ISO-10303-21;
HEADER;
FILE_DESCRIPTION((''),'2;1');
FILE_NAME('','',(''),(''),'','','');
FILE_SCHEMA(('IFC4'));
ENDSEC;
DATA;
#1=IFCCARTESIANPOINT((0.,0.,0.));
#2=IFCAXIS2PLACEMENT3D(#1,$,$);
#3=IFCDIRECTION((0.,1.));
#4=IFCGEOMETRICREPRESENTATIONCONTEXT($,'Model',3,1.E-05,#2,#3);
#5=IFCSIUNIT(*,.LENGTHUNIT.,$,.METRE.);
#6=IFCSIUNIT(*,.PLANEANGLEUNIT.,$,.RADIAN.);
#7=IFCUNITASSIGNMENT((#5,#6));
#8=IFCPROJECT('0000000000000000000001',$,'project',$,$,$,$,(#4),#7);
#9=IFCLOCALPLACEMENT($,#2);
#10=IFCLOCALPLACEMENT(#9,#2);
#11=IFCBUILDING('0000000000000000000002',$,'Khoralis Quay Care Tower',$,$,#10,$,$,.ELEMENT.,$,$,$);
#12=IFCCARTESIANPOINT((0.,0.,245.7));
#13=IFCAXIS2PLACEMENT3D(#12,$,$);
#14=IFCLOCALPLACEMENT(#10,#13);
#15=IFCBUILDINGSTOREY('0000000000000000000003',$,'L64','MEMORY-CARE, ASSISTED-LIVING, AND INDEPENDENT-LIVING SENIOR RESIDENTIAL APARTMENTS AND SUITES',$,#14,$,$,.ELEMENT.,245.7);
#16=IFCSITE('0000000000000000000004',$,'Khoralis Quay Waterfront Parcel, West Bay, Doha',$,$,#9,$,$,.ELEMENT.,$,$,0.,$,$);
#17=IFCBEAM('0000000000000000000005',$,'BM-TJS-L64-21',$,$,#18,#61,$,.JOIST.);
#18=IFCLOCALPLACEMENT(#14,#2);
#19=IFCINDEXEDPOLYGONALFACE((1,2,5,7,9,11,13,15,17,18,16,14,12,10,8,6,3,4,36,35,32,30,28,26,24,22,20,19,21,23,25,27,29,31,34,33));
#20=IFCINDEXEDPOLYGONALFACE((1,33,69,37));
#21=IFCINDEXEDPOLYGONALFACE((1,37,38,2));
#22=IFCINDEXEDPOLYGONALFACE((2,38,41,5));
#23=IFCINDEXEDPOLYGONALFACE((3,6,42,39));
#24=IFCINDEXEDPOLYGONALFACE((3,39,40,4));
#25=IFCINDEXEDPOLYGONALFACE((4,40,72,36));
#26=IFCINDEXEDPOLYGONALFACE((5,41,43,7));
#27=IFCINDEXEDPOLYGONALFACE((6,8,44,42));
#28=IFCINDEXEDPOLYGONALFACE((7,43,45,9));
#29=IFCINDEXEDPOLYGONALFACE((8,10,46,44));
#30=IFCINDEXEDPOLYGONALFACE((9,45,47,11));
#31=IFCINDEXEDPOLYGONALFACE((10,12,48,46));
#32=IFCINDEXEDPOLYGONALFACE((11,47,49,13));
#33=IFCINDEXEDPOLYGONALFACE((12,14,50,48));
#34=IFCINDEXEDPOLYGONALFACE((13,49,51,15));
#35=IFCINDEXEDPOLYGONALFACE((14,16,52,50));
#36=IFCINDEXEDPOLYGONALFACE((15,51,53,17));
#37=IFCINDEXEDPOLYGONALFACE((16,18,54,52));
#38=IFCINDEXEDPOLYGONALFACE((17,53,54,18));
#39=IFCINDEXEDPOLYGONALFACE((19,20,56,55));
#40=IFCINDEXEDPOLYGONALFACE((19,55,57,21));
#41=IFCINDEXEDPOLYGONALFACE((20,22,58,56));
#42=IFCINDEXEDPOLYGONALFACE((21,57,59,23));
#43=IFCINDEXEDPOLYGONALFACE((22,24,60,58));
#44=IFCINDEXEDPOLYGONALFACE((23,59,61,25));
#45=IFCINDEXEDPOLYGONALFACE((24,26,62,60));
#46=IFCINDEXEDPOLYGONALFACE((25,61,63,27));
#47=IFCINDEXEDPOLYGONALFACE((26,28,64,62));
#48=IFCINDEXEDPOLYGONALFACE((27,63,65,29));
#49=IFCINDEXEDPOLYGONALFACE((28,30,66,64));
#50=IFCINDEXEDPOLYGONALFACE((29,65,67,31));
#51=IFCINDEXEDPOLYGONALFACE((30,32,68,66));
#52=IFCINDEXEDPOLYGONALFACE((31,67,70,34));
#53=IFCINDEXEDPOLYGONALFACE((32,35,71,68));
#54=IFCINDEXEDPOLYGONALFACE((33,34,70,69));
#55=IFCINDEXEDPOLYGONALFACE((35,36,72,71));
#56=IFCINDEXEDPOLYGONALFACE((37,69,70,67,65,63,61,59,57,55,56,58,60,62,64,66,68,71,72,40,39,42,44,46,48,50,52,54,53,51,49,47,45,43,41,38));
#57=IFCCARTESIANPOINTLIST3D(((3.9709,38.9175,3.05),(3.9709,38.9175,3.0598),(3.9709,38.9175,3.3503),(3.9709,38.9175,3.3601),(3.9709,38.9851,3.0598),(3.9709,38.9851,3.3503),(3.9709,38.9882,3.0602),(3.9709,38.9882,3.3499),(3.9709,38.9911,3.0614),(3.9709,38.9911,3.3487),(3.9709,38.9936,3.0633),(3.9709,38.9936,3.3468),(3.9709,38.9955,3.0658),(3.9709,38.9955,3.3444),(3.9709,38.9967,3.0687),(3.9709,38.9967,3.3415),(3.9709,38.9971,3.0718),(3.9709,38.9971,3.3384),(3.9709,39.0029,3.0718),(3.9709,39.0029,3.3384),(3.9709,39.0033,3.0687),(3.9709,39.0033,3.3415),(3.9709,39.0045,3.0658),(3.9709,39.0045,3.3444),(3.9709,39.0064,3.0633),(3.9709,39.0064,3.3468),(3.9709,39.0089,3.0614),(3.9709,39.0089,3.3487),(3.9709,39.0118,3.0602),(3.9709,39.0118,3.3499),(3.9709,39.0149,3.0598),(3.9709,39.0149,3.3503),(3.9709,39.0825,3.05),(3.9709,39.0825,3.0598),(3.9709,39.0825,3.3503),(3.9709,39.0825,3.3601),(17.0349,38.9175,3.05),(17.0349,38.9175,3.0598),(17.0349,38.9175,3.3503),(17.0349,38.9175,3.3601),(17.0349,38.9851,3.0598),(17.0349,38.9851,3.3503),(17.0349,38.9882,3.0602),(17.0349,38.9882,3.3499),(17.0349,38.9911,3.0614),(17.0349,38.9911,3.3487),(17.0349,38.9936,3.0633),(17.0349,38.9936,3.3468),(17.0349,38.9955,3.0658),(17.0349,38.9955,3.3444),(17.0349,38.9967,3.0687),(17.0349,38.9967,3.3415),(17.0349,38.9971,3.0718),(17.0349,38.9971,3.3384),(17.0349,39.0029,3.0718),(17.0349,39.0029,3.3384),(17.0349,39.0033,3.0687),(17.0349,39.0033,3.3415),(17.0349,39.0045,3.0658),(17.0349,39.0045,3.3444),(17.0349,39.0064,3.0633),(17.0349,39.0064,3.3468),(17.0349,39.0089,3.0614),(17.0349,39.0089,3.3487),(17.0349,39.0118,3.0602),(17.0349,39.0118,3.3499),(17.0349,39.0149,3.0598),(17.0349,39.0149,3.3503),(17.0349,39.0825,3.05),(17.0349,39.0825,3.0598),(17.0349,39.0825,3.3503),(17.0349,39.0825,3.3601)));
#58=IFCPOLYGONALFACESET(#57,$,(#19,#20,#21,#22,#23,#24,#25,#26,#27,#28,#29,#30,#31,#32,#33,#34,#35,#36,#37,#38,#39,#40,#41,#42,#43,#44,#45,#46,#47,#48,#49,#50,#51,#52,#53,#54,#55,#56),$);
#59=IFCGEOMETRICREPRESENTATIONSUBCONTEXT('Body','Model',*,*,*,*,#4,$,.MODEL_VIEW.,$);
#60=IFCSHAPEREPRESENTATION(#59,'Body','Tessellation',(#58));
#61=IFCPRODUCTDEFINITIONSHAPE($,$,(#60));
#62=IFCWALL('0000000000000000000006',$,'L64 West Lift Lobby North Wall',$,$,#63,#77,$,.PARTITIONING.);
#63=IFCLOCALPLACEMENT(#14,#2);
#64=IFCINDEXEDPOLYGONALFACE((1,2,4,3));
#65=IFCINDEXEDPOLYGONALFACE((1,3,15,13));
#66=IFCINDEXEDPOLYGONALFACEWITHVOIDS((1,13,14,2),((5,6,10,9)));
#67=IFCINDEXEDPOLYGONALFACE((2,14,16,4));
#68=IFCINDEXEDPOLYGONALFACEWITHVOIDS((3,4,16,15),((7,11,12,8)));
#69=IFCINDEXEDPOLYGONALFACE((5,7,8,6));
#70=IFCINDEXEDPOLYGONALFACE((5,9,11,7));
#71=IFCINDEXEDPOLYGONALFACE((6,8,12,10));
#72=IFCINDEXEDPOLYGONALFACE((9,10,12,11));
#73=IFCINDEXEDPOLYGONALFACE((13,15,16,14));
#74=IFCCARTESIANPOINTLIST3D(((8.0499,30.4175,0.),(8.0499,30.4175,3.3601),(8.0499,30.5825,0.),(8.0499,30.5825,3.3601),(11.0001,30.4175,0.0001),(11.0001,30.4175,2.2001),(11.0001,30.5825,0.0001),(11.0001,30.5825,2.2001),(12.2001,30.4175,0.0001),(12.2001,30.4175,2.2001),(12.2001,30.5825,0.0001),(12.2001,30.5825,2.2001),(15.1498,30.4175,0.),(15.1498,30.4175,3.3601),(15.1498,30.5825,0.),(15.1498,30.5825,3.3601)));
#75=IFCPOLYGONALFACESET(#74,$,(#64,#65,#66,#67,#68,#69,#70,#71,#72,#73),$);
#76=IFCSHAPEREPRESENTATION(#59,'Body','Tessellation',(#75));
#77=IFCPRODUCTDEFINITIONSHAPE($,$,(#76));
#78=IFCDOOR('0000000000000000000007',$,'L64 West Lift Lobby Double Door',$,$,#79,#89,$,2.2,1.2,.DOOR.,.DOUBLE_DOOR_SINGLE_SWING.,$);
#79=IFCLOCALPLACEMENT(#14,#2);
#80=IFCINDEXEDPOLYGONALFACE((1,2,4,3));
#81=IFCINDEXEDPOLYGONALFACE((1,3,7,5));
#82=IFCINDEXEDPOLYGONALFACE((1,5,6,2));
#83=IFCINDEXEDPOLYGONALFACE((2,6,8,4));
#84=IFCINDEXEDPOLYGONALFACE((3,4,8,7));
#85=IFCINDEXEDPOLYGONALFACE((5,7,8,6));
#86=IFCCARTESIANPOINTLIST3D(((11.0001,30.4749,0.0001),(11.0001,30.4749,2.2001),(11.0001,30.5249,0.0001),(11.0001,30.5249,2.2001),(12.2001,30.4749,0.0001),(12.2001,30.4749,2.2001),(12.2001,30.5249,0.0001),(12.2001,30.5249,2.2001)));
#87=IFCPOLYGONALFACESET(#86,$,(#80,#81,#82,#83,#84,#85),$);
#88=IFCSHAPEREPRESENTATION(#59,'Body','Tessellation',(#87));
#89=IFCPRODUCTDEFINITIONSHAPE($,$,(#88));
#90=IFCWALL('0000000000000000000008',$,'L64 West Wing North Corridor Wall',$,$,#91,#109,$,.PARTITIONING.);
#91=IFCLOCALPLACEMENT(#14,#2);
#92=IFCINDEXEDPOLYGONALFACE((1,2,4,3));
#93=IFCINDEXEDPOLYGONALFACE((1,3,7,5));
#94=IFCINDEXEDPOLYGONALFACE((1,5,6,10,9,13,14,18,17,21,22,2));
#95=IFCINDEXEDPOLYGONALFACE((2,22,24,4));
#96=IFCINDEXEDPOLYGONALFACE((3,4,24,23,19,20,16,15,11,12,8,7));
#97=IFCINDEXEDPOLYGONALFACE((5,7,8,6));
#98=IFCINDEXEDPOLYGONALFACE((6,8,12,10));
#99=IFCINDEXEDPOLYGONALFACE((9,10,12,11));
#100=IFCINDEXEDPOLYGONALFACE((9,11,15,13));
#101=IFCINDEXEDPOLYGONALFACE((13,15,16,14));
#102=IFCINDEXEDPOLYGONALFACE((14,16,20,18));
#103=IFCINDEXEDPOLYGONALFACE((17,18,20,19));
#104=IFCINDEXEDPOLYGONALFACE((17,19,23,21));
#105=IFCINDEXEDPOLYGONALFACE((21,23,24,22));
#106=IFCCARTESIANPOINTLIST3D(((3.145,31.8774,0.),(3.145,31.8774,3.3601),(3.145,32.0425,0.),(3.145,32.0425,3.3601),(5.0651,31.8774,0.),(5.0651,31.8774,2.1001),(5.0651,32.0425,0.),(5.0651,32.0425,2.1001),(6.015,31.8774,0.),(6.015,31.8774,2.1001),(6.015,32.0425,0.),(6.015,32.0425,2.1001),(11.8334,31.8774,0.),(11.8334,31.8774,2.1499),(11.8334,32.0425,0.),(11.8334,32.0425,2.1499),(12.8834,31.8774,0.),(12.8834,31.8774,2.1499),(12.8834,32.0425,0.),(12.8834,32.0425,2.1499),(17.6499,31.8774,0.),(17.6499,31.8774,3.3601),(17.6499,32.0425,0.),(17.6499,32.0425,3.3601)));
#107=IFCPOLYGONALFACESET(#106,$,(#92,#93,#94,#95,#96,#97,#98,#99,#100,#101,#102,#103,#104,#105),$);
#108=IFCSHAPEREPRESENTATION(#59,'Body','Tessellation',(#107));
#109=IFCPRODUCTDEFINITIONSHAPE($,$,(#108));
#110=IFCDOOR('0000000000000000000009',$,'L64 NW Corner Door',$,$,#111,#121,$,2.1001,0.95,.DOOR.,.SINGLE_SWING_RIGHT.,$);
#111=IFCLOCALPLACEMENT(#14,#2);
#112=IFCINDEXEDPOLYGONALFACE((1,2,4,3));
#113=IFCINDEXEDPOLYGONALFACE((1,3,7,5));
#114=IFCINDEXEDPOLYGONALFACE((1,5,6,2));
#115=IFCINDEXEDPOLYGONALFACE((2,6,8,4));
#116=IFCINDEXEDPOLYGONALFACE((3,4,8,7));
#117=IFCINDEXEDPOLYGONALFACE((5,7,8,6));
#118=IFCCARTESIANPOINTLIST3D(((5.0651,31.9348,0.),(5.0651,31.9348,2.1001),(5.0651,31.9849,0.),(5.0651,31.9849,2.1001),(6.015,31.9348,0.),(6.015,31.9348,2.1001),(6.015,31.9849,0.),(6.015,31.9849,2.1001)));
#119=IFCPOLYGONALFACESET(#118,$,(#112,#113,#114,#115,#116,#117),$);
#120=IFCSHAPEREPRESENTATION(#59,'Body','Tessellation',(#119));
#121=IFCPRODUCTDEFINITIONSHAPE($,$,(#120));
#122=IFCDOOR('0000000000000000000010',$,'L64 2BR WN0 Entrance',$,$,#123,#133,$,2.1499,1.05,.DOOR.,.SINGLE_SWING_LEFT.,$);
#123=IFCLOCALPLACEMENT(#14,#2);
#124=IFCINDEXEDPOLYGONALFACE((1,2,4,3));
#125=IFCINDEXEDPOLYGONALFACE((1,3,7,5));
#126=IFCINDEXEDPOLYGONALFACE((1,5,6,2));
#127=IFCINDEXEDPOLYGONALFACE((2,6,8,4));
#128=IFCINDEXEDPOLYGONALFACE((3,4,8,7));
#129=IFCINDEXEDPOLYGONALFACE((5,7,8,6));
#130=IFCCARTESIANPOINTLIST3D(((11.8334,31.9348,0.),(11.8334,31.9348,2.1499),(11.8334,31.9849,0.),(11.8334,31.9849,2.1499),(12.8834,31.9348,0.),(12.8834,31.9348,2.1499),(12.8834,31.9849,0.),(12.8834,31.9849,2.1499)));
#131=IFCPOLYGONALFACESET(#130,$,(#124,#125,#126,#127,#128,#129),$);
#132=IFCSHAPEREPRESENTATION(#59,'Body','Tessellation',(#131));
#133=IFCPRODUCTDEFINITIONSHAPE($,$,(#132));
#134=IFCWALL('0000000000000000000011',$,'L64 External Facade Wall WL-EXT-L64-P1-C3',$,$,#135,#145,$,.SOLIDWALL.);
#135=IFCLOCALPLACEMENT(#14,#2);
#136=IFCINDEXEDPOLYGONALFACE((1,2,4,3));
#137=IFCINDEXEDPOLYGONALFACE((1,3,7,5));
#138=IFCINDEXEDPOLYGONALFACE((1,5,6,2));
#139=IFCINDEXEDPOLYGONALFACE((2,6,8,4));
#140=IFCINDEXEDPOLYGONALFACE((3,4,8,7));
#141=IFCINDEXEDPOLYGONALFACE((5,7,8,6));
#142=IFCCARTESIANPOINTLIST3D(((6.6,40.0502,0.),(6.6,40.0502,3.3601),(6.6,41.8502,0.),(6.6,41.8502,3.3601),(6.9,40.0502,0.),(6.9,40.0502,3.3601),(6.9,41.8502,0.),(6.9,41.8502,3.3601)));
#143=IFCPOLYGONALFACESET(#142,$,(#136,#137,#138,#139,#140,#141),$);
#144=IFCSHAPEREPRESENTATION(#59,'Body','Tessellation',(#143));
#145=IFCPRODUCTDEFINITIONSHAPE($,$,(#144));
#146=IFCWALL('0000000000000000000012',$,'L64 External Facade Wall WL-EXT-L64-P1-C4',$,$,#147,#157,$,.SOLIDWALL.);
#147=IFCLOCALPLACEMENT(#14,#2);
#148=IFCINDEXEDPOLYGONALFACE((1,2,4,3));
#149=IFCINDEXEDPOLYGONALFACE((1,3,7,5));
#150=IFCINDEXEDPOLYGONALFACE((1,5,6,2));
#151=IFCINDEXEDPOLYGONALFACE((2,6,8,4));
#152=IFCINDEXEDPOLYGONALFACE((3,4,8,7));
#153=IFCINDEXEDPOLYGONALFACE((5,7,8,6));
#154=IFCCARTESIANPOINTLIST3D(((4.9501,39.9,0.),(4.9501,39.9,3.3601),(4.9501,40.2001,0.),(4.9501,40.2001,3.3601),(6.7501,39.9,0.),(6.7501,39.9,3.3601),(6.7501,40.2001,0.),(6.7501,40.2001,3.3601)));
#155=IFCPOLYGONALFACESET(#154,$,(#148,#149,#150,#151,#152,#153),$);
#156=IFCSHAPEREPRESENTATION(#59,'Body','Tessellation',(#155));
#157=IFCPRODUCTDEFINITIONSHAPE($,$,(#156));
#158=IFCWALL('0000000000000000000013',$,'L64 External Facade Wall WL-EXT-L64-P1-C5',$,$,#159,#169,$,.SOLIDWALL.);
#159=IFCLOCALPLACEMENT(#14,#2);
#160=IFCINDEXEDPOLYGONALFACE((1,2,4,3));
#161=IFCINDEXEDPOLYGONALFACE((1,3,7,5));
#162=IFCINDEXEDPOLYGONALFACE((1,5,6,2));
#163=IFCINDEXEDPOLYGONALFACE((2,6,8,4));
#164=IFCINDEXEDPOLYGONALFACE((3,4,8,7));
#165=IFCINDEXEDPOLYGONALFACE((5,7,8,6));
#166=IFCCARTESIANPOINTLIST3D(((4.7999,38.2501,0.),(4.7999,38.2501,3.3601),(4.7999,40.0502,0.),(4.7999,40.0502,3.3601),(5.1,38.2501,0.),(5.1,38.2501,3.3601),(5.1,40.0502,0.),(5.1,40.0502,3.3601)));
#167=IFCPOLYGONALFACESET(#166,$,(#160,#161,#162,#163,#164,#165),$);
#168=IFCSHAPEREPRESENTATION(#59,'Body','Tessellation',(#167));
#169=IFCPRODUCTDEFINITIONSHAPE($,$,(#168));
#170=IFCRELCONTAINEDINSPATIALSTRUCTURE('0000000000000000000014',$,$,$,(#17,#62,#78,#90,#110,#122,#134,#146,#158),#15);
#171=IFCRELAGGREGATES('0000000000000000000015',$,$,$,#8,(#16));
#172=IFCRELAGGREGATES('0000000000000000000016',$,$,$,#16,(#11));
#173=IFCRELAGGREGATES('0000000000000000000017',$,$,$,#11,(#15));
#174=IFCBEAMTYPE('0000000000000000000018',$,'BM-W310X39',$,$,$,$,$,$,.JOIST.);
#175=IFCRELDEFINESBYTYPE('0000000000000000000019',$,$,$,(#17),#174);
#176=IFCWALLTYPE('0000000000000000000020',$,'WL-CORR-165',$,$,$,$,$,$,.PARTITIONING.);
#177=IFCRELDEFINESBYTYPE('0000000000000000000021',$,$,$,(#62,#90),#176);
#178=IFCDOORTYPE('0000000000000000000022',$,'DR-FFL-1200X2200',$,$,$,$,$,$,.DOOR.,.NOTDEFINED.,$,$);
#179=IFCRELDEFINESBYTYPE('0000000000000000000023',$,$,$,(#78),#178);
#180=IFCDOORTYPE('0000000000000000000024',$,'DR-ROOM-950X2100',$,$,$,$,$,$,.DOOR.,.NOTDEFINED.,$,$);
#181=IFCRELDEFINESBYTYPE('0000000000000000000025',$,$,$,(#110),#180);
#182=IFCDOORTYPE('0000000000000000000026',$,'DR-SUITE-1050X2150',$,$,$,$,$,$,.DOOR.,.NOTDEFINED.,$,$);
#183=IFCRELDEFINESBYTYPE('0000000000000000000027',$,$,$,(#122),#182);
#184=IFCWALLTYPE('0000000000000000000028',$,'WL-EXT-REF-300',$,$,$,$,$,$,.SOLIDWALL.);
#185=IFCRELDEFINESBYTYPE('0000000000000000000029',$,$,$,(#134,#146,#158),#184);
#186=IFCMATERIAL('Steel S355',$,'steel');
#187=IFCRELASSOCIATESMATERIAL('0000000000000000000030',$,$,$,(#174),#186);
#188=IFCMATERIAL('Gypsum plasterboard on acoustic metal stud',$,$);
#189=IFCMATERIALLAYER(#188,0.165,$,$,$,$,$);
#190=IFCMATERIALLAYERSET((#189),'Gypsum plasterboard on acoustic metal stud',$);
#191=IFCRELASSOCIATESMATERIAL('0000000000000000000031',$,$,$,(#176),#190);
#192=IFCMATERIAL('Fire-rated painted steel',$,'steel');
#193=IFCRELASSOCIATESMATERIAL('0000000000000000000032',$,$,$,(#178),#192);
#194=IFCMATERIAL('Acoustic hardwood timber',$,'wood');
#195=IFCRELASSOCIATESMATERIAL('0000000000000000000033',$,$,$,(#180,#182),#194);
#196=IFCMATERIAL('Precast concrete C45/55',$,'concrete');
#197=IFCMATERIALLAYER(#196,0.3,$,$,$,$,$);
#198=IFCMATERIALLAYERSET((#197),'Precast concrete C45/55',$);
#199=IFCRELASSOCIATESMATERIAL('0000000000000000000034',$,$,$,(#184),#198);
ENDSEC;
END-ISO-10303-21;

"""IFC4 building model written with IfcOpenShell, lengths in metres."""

from ifc_helpers import new_model, si_unit, direction, frame, frame_2d, origin, origin_2d, place, context, subcontext, project, spatial, rectangle, i_section, extrude, source, transform, mapped, material, layer, layer_set, material_profile, profile_set, type_object, element, fill, save


model = new_model("IFC4")

# Units and contexts
model_context = context("Model", 3, precision=1e-05, world=origin(), true_north=direction((0.0, 1.0)))
body_context = subcontext(model_context, "Body", "Model", "MODEL_VIEW")
ifc_project = project(units=[si_unit("LENGTHUNIT", "METRE"), si_unit("PLANEANGLEUNIT", "RADIAN")], contexts=[model_context])

# Site, building, storey
site_placement = place(None, origin())
site = spatial("IfcSite", under=ifc_project, at=site_placement, Name="Khoralis Quay Waterfront Parcel, West Bay, Doha", CompositionType="ELEMENT", RefElevation=0.0)
building_placement = place(site_placement, origin())
building = spatial("IfcBuilding", under=site, at=building_placement, Name="Khoralis Quay Care Tower", CompositionType="ELEMENT")
storey_placement = place(building_placement, frame((0.0, 0.0, 245.7)))
storey = spatial("IfcBuildingStorey", under=building, at=storey_placement, Name="L64", Description="MEMORY-CARE, ASSISTED-LIVING, AND INDEPENDENT-LIVING SENIOR RESIDENTIAL APARTMENTS AND SUITES", CompositionType="ELEMENT", Elevation=245.7)

# Beam
ifc_material_1 = material(Name="Steel S355", Category="steel")
ifc_material_profile_1 = material_profile(ifc_material_1, i_section(OverallWidth=0.165, OverallDepth=0.3101, WebThickness=0.0059, FlangeThickness=0.0098, FilletRadius=0.012, at=origin_2d()), Name="Steel S355")
ifc_profile_set_1 = profile_set([ifc_material_profile_1], Name="Steel S355")
beam_type_1 = type_object("IfcBeamType", Name="BM-W310X39", PredefinedType="JOIST", material=ifc_profile_set_1)
shared_shape_1 = source(origin(), body_context, "Body", "SweptSolid", [
    extrude(i_section(OverallWidth=0.165, OverallDepth=0.3101, WebThickness=0.0059, FlangeThickness=0.0098, FilletRadius=0.012, at=origin_2d()), origin(), (0.0, 0.0, 1.0), 13.064),
])
for number, where, z_axis, x_axis, name in (
    (1, (3.9709, 39.0, 3.2051), (1.0, 0.0, 0.0), (0.0, 1.0, 0.0), "BM-TJS-L64-21"),
):
    element("IfcBeam", number, at=place(storey_placement, frame(where, z_axis=z_axis, x_axis=x_axis)), inside=storey, type_object=beam_type_1, Name=name, PredefinedType="JOIST", context=body_context, shape_type="MappedRepresentation", body=[
        mapped(shared_shape_1, transform((0.0, 0.0, 0.0), scale=1.0)),
    ])

# Wall, opening, door
ifc_material_2 = material(Name="Gypsum plasterboard on acoustic metal stud")
ifc_layer_1 = layer(ifc_material_2, 0.165)
ifc_layer_set_1 = layer_set([ifc_layer_1], Name="Gypsum plasterboard on acoustic metal stud")
wall_type_1 = type_object("IfcWallType", Name="WL-CORR-165", PredefinedType="PARTITIONING", material=ifc_layer_set_1)
wall_1_placement = place(storey_placement, frame((8.05, 30.5, 0.0), z_axis=(0.0, 0.0, 1.0), x_axis=(1.0, 0.0, 0.0)))
wall_1 = element("IfcWall", 2, at=wall_1_placement, inside=storey, type_object=wall_type_1, Name="L64 West Lift Lobby North Wall", PredefinedType="PARTITIONING", context=body_context, shape_type="SweptSolid", body=[
    extrude(rectangle(XDim=7.0999, YDim=0.165, at=frame_2d((3.5498, 0.0))), origin(), (0.0, 0.0, 1.0), 3.3601),
])
opening_1_placement = place(wall_1_placement, frame((2.95, 0.0, 0.0)))
opening_1 = element("IfcOpeningElement", 3, at=opening_1_placement, cuts=wall_1, PredefinedType="OPENING", context=body_context, shape_type="SweptSolid", body=[
    extrude(rectangle(XDim=1.2, YDim=2.2, at=frame_2d((0.6001, 1.1001))), frame((0.0, 0.0925, 0.0), z_axis=(0.0, -1.0, 0.0), x_axis=(1.0, 0.0, 0.0)), (0.0, 0.0, 1.0), 0.1851),
])
ifc_material_3 = material(Name="Fire-rated painted steel", Category="steel")
door_type_1 = type_object("IfcDoorType", Name="DR-FFL-1200X2200", OperationType="NOTDEFINED", PredefinedType="DOOR", material=ifc_material_3)
shared_shape_2 = source(origin(), body_context, "Body", "SweptSolid", [
    extrude(rectangle(XDim=1.2, YDim=2.2, at=frame_2d((0.6001, 1.1001))), frame((0.0, 0.0249, 0.0), z_axis=(0.0, -1.0, 0.0), x_axis=(1.0, 0.0, 0.0)), (0.0, 0.0, 1.0), 0.05),
])
door_1_placement = place(opening_1_placement, origin())
door_1 = element("IfcDoor", 4, at=door_1_placement, inside=storey, type_object=door_type_1, Name="L64 West Lift Lobby Double Door", OperationType="DOUBLE_DOOR_SINGLE_SWING", OverallHeight=2.2, OverallWidth=1.2, PredefinedType="DOOR", context=body_context, shape_type="MappedRepresentation", body=[
    mapped(shared_shape_2, transform((0.0, 0.0, 0.0), scale=1.0)),
])
fill(opening_1, door_1)

# Wall, openings, doors
wall_2_placement = place(storey_placement, frame((3.145, 31.96, 0.0), z_axis=(0.0, 0.0, 1.0), x_axis=(1.0, 0.0, 0.0)))
wall_2 = element("IfcWall", 5, at=wall_2_placement, inside=storey, type_object=wall_type_1, Name="L64 West Wing North Corridor Wall", PredefinedType="PARTITIONING", context=body_context, shape_type="SweptSolid", body=[
    extrude(rectangle(XDim=14.5049, YDim=0.165, at=frame_2d((7.2524, 0.0))), origin(), (0.0, 0.0, 1.0), 3.3601),
])
opening_2_placement = place(wall_2_placement, frame((8.6885, 0.0, 0.0)))
opening_2 = element("IfcOpeningElement", 6, at=opening_2_placement, cuts=wall_2, PredefinedType="OPENING", context=body_context, shape_type="SweptSolid", body=[
    extrude(rectangle(XDim=1.05, YDim=2.1499, at=frame_2d((0.5249, 1.075))), frame((0.0, 0.0925, 0.0), z_axis=(0.0, -1.0, 0.0), x_axis=(1.0, 0.0, 0.0)), (0.0, 0.0, 1.0), 0.1851),
])
opening_3_placement = place(wall_2_placement, frame((1.9199, 0.0, 0.0)))
opening_3 = element("IfcOpeningElement", 7, at=opening_3_placement, cuts=wall_2, PredefinedType="OPENING", context=body_context, shape_type="SweptSolid", body=[
    extrude(rectangle(XDim=0.95, YDim=2.1001, at=frame_2d((0.4751, 1.05))), frame((0.0, 0.0925, 0.0), z_axis=(0.0, -1.0, 0.0), x_axis=(1.0, 0.0, 0.0)), (0.0, 0.0, 1.0), 0.1851),
])
ifc_material_4 = material(Name="Acoustic hardwood timber", Category="wood")
door_type_2 = type_object("IfcDoorType", Name="DR-ROOM-950X2100", OperationType="NOTDEFINED", PredefinedType="DOOR", material=ifc_material_4)
shared_shape_3 = source(origin(), body_context, "Body", "SweptSolid", [
    extrude(rectangle(XDim=0.95, YDim=2.1001, at=frame_2d((0.4751, 1.05))), frame((0.0, 0.0249, 0.0), z_axis=(0.0, -1.0, 0.0), x_axis=(1.0, 0.0, 0.0)), (0.0, 0.0, 1.0), 0.05),
])
door_2_placement = place(opening_3_placement, origin())
door_2 = element("IfcDoor", 8, at=door_2_placement, inside=storey, type_object=door_type_2, Name="L64 NW Corner Door", OperationType="SINGLE_SWING_RIGHT", OverallHeight=2.1001, OverallWidth=0.95, PredefinedType="DOOR", context=body_context, shape_type="MappedRepresentation", body=[
    mapped(shared_shape_3, transform((0.0, 0.0, 0.0), scale=1.0)),
])
fill(opening_3, door_2)
door_type_3 = type_object("IfcDoorType", Name="DR-SUITE-1050X2150", OperationType="NOTDEFINED", PredefinedType="DOOR", material=ifc_material_4)
shared_shape_4 = source(origin(), body_context, "Body", "SweptSolid", [
    extrude(rectangle(XDim=1.05, YDim=2.1499, at=frame_2d((0.5249, 1.075))), frame((0.0, 0.0249, 0.0), z_axis=(0.0, -1.0, 0.0), x_axis=(1.0, 0.0, 0.0)), (0.0, 0.0, 1.0), 0.05),
])
door_3_placement = place(opening_2_placement, origin())
door_3 = element("IfcDoor", 9, at=door_3_placement, inside=storey, type_object=door_type_3, Name="L64 2BR WN0 Entrance", OperationType="SINGLE_SWING_LEFT", OverallHeight=2.1499, OverallWidth=1.05, PredefinedType="DOOR", context=body_context, shape_type="MappedRepresentation", body=[
    mapped(shared_shape_4, transform((0.0, 0.0, 0.0), scale=1.0)),
])
fill(opening_2, door_3)

# Walls
ifc_material_5 = material(Name="Precast concrete C45/55", Category="concrete")
ifc_layer_2 = layer(ifc_material_5, 0.3)
ifc_layer_set_2 = layer_set([ifc_layer_2], Name="Precast concrete C45/55")
wall_type_2 = type_object("IfcWallType", Name="WL-EXT-REF-300", PredefinedType="SOLIDWALL", material=ifc_layer_set_2)
for number, where, z_axis, x_axis, name in (
    (10, (6.75, 41.8501, 0.0), (0.0, 0.0, 1.0), (0.0, -1.0, 0.0), "L64 External Facade Wall WL-EXT-L64-P1-C3"),
    (11, (6.75, 40.05, 0.0), (0.0, 0.0, 1.0), (-1.0, 0.0, 0.0), "L64 External Facade Wall WL-EXT-L64-P1-C4"),
    (12, (4.95, 40.05, 0.0), (0.0, 0.0, 1.0), (0.0, -1.0, 0.0), "L64 External Facade Wall WL-EXT-L64-P1-C5"),
):
    element("IfcWall", number, at=place(storey_placement, frame(where, z_axis=z_axis, x_axis=x_axis)), inside=storey, type_object=wall_type_2, Name=name, PredefinedType="SOLIDWALL", context=body_context, shape_type="SweptSolid", body=[
        extrude(rectangle(XDim=1.8, YDim=0.3, at=frame_2d((0.8999, 0.0))), origin(), (0.0, 0.0, 1.0), 3.3601),
    ])

save(model, "model.ifc")
